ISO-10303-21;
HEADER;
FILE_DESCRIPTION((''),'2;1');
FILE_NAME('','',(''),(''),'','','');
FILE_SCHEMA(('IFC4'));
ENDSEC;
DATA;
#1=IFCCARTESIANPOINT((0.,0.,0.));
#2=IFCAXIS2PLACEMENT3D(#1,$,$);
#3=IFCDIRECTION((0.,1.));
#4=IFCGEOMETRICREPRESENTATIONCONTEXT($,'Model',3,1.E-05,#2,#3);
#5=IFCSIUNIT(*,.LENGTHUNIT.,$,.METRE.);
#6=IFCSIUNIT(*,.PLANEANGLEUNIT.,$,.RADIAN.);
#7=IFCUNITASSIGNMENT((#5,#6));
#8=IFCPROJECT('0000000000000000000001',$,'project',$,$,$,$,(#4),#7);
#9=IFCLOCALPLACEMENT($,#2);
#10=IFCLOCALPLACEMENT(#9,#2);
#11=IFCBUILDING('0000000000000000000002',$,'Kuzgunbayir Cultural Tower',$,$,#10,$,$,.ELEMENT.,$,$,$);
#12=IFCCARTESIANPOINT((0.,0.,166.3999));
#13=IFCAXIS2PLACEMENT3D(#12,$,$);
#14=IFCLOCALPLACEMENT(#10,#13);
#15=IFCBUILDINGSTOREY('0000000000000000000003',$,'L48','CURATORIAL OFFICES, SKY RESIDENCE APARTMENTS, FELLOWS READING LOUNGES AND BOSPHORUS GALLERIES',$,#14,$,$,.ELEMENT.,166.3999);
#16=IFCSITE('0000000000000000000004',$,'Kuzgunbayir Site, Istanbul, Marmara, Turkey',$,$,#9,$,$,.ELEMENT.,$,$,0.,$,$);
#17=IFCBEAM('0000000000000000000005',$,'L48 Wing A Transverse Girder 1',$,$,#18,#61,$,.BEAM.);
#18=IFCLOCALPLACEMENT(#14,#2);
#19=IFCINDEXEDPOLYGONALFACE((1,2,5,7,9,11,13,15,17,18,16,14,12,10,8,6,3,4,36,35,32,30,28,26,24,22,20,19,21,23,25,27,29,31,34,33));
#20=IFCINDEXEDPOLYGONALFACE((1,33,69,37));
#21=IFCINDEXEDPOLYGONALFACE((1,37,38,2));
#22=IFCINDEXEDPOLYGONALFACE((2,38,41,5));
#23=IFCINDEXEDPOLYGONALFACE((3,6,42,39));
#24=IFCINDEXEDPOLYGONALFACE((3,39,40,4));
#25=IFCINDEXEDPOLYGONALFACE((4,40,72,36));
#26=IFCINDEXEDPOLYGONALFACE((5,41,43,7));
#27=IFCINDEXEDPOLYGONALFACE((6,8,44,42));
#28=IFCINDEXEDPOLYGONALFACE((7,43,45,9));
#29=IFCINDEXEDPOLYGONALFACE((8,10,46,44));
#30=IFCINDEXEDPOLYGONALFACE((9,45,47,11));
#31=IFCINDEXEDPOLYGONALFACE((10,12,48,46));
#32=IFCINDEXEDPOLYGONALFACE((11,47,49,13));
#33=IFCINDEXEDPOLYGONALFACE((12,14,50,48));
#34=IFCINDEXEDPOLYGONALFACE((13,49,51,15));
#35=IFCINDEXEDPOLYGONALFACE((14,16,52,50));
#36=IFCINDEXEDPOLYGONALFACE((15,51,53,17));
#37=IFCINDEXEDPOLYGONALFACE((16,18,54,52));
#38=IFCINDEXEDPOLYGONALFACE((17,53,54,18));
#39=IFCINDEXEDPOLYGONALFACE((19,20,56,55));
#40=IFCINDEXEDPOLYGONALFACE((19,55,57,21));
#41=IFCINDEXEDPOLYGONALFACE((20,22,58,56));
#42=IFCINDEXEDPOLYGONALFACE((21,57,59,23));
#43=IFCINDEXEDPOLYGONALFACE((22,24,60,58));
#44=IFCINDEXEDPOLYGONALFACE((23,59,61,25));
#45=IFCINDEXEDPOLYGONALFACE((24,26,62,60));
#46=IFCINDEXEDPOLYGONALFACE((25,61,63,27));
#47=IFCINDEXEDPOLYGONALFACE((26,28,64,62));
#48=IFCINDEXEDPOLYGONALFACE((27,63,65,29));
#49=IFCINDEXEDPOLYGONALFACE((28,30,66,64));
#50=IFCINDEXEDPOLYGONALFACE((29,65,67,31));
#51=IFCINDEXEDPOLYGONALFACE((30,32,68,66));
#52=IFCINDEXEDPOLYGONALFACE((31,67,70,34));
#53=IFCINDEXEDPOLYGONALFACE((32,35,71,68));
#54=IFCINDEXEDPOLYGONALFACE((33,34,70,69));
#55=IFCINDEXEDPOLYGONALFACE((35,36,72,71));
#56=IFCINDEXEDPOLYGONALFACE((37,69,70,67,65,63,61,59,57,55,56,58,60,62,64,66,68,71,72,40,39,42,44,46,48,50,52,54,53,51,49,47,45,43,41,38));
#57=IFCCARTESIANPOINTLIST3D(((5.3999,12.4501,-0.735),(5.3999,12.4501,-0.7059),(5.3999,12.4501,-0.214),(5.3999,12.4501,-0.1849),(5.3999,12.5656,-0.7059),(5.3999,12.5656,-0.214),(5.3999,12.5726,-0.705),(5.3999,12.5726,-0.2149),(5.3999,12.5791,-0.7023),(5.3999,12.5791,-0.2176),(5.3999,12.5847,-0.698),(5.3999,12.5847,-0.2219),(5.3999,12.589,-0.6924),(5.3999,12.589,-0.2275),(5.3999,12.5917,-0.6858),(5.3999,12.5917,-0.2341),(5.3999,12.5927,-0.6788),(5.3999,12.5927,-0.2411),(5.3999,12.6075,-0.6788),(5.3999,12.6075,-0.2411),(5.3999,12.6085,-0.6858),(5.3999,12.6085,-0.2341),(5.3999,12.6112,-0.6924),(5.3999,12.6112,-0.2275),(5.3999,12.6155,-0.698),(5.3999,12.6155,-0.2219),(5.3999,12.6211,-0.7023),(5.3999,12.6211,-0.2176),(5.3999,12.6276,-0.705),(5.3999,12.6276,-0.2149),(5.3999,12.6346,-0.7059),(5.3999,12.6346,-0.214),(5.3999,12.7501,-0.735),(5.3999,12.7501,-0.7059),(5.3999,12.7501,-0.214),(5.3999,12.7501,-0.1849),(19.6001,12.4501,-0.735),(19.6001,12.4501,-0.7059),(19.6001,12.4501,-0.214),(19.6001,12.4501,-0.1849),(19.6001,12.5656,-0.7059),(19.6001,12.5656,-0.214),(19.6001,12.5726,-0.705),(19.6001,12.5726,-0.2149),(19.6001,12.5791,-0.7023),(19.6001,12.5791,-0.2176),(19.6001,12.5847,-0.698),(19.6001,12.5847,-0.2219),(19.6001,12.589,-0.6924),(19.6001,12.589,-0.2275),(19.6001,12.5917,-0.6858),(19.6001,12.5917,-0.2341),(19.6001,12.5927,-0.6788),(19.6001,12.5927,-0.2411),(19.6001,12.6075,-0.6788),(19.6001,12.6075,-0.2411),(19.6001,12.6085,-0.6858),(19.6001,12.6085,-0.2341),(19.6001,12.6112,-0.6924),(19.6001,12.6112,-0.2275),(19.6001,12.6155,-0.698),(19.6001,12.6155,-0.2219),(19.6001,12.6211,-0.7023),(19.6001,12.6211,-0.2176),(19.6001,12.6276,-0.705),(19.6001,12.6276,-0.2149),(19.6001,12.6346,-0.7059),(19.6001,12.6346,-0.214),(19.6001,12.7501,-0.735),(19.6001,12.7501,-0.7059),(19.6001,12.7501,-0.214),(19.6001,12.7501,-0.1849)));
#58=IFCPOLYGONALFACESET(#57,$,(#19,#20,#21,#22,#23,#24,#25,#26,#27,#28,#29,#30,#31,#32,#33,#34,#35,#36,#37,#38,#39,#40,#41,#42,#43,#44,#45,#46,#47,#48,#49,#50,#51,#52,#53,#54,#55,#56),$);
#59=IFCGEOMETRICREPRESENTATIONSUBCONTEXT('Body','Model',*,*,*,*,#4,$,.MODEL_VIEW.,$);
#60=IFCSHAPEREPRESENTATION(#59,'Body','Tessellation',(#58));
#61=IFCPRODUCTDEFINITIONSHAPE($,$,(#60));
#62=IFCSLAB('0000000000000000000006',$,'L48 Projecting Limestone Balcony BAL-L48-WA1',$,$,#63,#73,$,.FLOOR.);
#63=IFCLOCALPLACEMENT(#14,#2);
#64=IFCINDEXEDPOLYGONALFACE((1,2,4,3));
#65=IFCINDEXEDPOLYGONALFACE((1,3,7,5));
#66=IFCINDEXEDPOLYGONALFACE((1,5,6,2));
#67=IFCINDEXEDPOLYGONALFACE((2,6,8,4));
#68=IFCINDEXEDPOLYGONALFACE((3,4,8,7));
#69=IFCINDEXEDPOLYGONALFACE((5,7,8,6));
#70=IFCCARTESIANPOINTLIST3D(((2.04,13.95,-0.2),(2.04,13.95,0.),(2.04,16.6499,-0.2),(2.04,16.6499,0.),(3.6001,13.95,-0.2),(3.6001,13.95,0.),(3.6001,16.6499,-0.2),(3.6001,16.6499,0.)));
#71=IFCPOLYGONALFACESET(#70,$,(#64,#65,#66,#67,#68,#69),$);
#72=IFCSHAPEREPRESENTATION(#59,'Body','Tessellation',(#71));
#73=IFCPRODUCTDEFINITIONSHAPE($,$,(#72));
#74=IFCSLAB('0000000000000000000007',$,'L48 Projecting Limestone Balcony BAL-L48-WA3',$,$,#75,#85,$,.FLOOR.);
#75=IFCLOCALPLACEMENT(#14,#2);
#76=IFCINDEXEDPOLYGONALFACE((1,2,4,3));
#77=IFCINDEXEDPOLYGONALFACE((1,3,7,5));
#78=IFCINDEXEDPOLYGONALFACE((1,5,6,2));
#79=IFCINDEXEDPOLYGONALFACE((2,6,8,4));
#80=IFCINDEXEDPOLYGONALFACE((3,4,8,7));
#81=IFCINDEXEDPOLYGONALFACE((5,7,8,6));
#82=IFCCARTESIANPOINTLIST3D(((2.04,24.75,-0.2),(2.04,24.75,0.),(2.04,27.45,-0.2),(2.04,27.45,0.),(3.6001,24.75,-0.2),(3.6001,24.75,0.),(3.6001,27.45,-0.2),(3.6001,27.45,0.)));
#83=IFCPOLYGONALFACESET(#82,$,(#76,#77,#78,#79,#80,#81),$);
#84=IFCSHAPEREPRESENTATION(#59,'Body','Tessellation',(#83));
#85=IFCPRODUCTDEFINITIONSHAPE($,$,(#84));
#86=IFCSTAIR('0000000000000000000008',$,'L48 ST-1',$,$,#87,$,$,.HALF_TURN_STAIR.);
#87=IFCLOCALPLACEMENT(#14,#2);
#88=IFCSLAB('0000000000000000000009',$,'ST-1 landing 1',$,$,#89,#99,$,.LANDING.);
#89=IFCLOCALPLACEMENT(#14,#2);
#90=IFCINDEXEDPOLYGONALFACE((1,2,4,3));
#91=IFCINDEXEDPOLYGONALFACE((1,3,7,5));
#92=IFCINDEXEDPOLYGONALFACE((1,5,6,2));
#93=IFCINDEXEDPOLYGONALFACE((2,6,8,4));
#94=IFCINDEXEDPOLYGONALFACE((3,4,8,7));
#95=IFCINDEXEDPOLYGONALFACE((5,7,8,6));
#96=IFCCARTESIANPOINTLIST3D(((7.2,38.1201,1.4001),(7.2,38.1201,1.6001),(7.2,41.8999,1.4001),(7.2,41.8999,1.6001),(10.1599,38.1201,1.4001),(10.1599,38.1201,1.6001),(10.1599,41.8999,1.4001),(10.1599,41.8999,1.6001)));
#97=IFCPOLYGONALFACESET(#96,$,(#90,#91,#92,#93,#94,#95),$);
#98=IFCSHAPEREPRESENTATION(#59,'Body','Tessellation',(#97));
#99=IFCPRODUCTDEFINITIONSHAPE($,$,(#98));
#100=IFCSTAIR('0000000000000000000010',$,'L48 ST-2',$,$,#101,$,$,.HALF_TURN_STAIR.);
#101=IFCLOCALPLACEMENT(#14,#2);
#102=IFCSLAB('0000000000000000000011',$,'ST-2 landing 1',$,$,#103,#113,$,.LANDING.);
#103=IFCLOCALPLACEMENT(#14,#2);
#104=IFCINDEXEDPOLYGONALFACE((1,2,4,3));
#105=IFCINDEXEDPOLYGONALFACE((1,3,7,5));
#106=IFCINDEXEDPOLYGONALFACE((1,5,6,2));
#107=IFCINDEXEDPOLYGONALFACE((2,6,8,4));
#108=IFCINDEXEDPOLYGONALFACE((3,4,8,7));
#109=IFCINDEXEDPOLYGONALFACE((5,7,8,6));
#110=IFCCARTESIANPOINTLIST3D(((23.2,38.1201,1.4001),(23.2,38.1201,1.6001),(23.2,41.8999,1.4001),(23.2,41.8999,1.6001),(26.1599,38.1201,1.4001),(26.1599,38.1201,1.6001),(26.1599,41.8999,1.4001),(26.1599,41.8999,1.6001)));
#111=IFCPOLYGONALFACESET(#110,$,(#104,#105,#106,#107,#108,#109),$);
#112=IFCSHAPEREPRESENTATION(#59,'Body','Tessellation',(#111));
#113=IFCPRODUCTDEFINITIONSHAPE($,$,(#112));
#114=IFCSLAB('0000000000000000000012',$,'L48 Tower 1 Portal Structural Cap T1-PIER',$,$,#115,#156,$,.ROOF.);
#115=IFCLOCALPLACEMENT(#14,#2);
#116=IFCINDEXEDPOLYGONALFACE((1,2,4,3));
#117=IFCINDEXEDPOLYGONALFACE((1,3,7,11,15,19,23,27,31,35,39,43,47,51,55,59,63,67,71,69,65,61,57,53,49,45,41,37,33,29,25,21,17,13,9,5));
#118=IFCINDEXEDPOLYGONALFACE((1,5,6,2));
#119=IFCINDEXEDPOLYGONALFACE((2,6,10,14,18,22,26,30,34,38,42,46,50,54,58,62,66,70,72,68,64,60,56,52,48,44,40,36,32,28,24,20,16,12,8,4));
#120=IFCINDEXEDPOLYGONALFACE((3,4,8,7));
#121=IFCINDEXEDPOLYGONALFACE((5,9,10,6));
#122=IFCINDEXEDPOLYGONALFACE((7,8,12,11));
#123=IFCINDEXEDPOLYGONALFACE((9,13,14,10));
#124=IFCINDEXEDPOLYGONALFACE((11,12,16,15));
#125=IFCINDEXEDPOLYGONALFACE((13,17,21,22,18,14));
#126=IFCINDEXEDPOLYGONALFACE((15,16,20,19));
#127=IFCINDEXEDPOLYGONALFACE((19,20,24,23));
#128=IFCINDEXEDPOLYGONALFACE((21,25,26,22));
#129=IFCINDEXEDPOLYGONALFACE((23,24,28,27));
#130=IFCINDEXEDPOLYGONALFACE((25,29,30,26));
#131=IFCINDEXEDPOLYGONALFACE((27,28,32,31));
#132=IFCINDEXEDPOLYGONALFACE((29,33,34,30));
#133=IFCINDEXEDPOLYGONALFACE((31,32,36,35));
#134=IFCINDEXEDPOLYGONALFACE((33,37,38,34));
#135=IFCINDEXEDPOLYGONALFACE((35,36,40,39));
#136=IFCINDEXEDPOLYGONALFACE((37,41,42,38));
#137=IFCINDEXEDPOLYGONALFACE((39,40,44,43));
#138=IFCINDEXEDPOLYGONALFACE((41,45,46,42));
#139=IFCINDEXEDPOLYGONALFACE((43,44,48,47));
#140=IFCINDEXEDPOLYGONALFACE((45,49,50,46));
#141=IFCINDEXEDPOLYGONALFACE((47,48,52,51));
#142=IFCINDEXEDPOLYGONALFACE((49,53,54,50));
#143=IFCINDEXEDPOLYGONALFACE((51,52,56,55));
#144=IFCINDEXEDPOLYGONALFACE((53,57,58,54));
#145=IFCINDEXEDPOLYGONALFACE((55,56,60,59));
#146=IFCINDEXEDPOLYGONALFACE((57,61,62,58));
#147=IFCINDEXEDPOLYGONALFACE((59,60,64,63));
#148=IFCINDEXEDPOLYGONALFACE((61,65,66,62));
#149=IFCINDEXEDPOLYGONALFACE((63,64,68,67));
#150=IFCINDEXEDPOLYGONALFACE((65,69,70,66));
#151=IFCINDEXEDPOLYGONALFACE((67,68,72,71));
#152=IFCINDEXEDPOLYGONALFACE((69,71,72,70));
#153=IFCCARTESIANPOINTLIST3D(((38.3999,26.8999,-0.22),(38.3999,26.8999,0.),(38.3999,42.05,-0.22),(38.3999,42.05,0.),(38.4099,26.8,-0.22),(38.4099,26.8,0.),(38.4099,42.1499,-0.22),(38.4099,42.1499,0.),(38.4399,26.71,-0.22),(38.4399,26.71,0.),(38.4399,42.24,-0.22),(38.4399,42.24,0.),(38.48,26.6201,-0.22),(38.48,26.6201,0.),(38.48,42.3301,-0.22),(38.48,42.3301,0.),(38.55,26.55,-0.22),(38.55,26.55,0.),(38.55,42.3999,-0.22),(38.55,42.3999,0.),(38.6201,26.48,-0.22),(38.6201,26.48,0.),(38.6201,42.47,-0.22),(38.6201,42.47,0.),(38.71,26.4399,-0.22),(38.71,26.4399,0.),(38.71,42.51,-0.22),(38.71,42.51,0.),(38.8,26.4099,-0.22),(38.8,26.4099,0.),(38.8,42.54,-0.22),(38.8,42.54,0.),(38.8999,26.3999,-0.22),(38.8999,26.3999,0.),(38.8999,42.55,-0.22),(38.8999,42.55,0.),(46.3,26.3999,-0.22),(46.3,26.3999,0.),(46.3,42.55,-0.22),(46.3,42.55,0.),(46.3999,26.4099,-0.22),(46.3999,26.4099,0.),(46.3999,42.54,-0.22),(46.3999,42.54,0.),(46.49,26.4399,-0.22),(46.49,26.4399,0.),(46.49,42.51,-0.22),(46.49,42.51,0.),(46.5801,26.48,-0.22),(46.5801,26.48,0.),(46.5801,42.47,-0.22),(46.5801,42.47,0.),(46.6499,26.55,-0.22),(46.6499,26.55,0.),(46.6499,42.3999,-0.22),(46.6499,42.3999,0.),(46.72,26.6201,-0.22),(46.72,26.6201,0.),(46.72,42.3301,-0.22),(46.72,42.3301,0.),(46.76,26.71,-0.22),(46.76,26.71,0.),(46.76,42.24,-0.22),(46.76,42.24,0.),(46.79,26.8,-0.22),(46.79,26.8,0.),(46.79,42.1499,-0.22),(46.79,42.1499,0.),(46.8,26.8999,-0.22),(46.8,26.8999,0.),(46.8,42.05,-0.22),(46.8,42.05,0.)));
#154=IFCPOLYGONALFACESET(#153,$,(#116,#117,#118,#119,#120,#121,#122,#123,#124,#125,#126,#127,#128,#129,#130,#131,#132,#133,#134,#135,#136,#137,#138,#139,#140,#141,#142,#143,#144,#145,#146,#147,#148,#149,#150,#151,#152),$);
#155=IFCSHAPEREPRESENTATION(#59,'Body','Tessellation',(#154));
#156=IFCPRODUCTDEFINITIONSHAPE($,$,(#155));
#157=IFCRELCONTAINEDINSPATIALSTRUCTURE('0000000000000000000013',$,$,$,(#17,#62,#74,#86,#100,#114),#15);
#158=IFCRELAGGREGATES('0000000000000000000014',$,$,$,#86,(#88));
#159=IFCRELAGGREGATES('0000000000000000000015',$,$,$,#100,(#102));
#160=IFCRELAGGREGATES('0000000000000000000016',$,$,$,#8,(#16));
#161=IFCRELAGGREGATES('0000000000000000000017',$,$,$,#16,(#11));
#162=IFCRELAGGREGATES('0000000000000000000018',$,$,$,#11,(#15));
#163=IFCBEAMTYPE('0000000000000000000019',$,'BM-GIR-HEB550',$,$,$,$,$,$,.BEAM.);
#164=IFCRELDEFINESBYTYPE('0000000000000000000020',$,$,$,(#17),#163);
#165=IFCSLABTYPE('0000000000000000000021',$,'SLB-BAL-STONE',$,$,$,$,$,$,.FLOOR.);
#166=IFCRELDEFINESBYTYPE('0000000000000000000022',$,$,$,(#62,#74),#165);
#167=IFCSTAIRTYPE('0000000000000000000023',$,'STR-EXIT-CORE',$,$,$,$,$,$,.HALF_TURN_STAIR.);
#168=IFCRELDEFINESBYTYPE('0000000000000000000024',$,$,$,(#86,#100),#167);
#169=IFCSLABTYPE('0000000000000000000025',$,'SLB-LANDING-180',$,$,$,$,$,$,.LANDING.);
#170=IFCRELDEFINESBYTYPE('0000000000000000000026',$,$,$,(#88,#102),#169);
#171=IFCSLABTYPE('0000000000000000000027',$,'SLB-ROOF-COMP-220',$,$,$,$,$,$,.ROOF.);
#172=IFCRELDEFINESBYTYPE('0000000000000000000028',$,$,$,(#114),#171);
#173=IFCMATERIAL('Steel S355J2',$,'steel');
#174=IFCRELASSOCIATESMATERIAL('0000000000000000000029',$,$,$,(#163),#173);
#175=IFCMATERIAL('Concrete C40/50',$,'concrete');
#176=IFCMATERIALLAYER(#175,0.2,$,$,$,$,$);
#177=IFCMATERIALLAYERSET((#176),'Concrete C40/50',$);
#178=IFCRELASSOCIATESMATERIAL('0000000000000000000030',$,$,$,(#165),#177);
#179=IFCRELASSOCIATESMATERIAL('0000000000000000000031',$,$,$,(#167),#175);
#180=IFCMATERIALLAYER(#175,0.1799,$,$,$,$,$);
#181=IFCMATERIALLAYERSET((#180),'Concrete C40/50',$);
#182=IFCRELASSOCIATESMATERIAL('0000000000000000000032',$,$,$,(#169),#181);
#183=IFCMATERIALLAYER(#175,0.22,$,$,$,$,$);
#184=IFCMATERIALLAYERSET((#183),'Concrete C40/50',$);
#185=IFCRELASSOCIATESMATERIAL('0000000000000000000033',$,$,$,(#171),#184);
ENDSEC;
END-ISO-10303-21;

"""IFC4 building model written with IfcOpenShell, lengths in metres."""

from ifc_helpers import new_model, si_unit, direction, frame, origin, origin_2d, place, context, subcontext, project, spatial, polyline, i_section, outline, extrude, material, layer, layer_set, material_profile, profile_set, type_object, element, aggregate, save


model = new_model("IFC4")

# Units and contexts
model_context = context("Model", 3, precision=1e-05, world=origin(), true_north=direction((0.0, 1.0)))
body_context = subcontext(model_context, "Body", "Model", "MODEL_VIEW")
ifc_project = project(units=[si_unit("LENGTHUNIT", "METRE"), si_unit("PLANEANGLEUNIT", "RADIAN")], contexts=[model_context])

# Site, building, storey
site_placement = place(None, origin())
site = spatial("IfcSite", under=ifc_project, at=site_placement, Name="Kuzgunbayir Site, Istanbul, Marmara, Turkey", CompositionType="ELEMENT", RefElevation=0.0)
building_placement = place(site_placement, origin())
building = spatial("IfcBuilding", under=site, at=building_placement, Name="Kuzgunbayir Cultural Tower", CompositionType="ELEMENT")
storey_placement = place(building_placement, frame((0.0, 0.0, 166.3999)))
storey = spatial("IfcBuildingStorey", under=building, at=storey_placement, Name="L48", Description="CURATORIAL OFFICES, SKY RESIDENCE APARTMENTS, FELLOWS READING LOUNGES AND BOSPHORUS GALLERIES", CompositionType="ELEMENT", Elevation=166.3999)

# Beam
ifc_material_1 = material(Name="Steel S355J2", Category="steel")
ifc_material_profile_1 = material_profile(ifc_material_1, i_section(OverallWidth=0.3, OverallDepth=0.55, WebThickness=0.0149, FlangeThickness=0.0291, FilletRadius=0.0271, at=origin_2d()), Name="HEB 550")
ifc_profile_set_1 = profile_set([ifc_material_profile_1], Name="Steel S355J2")
beam_type_1 = type_object("IfcBeamType", Name="BM-GIR-HEB550", PredefinedType="BEAM", material=ifc_profile_set_1)
beam_1_placement = place(storey_placement, frame((5.3999, 12.6001, -0.46), z_axis=(1.0, 0.0, 0.0), x_axis=(0.0, 1.0, 0.0)))
element("IfcBeam", 1, at=beam_1_placement, inside=storey, type_object=beam_type_1, Name="L48 Wing A Transverse Girder 1", PredefinedType="BEAM", context=body_context, shape_type="SweptSolid", body=[
    extrude(i_section(OverallWidth=0.3, OverallDepth=0.55, WebThickness=0.0149, FlangeThickness=0.0291, FilletRadius=0.0271, at=origin_2d()), origin(), (0.0, 0.0, 1.0), 14.2002),
])

# Slabs
ifc_material_2 = material(Name="Concrete C40/50", Category="concrete")
ifc_layer_1 = layer(ifc_material_2, 0.2)
ifc_layer_set_1 = layer_set([ifc_layer_1], Name="Concrete C40/50")
slab_type_1 = type_object("IfcSlabType", Name="SLB-BAL-STONE", PredefinedType="FLOOR", material=ifc_layer_set_1)
slab_1_placement = place(storey_placement, frame((0.0, 0.0, -0.2)))
element("IfcSlab", 2, at=slab_1_placement, inside=storey, type_object=slab_type_1, Name="L48 Projecting Limestone Balcony BAL-L48-WA1", PredefinedType="FLOOR", context=body_context, shape_type="SweptSolid", body=[
    extrude(outline(polyline([(2.04, 13.95), (3.6001, 13.95), (3.6001, 16.6499), (2.04, 16.6499), (2.04, 13.95)])), origin(), (0.0, 0.0, 1.0), 0.2),
])
slab_2_placement = place(storey_placement, frame((0.0, 0.0, -0.2)))
element("IfcSlab", 3, at=slab_2_placement, inside=storey, type_object=slab_type_1, Name="L48 Projecting Limestone Balcony BAL-L48-WA3", PredefinedType="FLOOR", context=body_context, shape_type="SweptSolid", body=[
    extrude(outline(polyline([(2.04, 24.75), (3.6001, 24.75), (3.6001, 27.45), (2.04, 27.45), (2.04, 24.75)])), origin(), (0.0, 0.0, 1.0), 0.2),
])

# Stairs, slabs
stair_type = type_object("IfcStairType", Name="STR-EXIT-CORE", PredefinedType="HALF_TURN_STAIR", material=ifc_material_2)
stair_1_placement = place(storey_placement, origin())
stair_1 = element("IfcStair", 4, at=stair_1_placement, inside=storey, type_object=stair_type, Name="L48 ST-1", PredefinedType="HALF_TURN_STAIR")
ifc_layer_2 = layer(ifc_material_2, 0.1799)
ifc_layer_set_2 = layer_set([ifc_layer_2], Name="Concrete C40/50")
slab_type_2 = type_object("IfcSlabType", Name="SLB-LANDING-180", PredefinedType="LANDING", material=ifc_layer_set_2)
slab_3_placement = place(storey_placement, frame((0.0, 0.0, 1.4001)))
slab_3 = element("IfcSlab", 5, at=slab_3_placement, type_object=slab_type_2, Name="ST-1 landing 1", PredefinedType="LANDING", context=body_context, shape_type="SweptSolid", body=[
    extrude(outline(polyline([(10.1599, 38.1201), (10.1599, 41.8999), (7.2, 41.8999), (7.2, 38.1201), (10.1599, 38.1201)])), origin(), (0.0, 0.0, 1.0), 0.2),
])
aggregate(stair_1, [slab_3])
stair_2_placement = place(storey_placement, origin())
stair_2 = element("IfcStair", 6, at=stair_2_placement, inside=storey, type_object=stair_type, Name="L48 ST-2", PredefinedType="HALF_TURN_STAIR")
slab_4_placement = place(storey_placement, frame((0.0, 0.0, 1.4001)))
slab_4 = element("IfcSlab", 7, at=slab_4_placement, type_object=slab_type_2, Name="ST-2 landing 1", PredefinedType="LANDING", context=body_context, shape_type="SweptSolid", body=[
    extrude(outline(polyline([(26.1599, 38.1201), (26.1599, 41.8999), (23.2, 41.8999), (23.2, 38.1201), (26.1599, 38.1201)])), origin(), (0.0, 0.0, 1.0), 0.2),
])
aggregate(stair_2, [slab_4])

# Slab
ifc_layer_3 = layer(ifc_material_2, 0.22)
ifc_layer_set_3 = layer_set([ifc_layer_3], Name="Concrete C40/50")
slab_type_3 = type_object("IfcSlabType", Name="SLB-ROOF-COMP-220", PredefinedType="ROOF", material=ifc_layer_set_3)
slab_5_placement = place(storey_placement, frame((0.0, 0.0, -0.22)))
element("IfcSlab", 8, at=slab_5_placement, inside=storey, type_object=slab_type_3, Name="L48 Tower 1 Portal Structural Cap T1-PIER", PredefinedType="ROOF", context=body_context, shape_type="SweptSolid", body=[
    extrude(outline(polyline([(46.3, 26.3999), (46.3999, 26.4099), (46.49, 26.4399), (46.5801, 26.48), (46.6499, 26.55), (46.72, 26.6201), (46.76, 26.71), (46.79, 26.8), (46.8, 26.8999), (46.8, 42.05), (46.79, 42.1499), (46.76, 42.24), (46.72, 42.3301), (46.6499, 42.3999), (46.5801, 42.47), (46.49, 42.51), (46.3999, 42.54), (46.3, 42.55), (38.8999, 42.55), (38.8, 42.54), (38.71, 42.51), (38.6201, 42.47), (38.55, 42.3999), (38.48, 42.3301), (38.4399, 42.24), (38.4099, 42.1499), (38.3999, 42.05), (38.3999, 26.8999), (38.4099, 26.8), (38.4399, 26.71), (38.48, 26.6201), (38.55, 26.55), (38.6201, 26.48), (38.71, 26.4399), (38.8, 26.4099), (38.8999, 26.3999), (46.3, 26.3999)])), origin(), (0.0, 0.0, 1.0), 0.22),
])

save(model, "model.ifc")
